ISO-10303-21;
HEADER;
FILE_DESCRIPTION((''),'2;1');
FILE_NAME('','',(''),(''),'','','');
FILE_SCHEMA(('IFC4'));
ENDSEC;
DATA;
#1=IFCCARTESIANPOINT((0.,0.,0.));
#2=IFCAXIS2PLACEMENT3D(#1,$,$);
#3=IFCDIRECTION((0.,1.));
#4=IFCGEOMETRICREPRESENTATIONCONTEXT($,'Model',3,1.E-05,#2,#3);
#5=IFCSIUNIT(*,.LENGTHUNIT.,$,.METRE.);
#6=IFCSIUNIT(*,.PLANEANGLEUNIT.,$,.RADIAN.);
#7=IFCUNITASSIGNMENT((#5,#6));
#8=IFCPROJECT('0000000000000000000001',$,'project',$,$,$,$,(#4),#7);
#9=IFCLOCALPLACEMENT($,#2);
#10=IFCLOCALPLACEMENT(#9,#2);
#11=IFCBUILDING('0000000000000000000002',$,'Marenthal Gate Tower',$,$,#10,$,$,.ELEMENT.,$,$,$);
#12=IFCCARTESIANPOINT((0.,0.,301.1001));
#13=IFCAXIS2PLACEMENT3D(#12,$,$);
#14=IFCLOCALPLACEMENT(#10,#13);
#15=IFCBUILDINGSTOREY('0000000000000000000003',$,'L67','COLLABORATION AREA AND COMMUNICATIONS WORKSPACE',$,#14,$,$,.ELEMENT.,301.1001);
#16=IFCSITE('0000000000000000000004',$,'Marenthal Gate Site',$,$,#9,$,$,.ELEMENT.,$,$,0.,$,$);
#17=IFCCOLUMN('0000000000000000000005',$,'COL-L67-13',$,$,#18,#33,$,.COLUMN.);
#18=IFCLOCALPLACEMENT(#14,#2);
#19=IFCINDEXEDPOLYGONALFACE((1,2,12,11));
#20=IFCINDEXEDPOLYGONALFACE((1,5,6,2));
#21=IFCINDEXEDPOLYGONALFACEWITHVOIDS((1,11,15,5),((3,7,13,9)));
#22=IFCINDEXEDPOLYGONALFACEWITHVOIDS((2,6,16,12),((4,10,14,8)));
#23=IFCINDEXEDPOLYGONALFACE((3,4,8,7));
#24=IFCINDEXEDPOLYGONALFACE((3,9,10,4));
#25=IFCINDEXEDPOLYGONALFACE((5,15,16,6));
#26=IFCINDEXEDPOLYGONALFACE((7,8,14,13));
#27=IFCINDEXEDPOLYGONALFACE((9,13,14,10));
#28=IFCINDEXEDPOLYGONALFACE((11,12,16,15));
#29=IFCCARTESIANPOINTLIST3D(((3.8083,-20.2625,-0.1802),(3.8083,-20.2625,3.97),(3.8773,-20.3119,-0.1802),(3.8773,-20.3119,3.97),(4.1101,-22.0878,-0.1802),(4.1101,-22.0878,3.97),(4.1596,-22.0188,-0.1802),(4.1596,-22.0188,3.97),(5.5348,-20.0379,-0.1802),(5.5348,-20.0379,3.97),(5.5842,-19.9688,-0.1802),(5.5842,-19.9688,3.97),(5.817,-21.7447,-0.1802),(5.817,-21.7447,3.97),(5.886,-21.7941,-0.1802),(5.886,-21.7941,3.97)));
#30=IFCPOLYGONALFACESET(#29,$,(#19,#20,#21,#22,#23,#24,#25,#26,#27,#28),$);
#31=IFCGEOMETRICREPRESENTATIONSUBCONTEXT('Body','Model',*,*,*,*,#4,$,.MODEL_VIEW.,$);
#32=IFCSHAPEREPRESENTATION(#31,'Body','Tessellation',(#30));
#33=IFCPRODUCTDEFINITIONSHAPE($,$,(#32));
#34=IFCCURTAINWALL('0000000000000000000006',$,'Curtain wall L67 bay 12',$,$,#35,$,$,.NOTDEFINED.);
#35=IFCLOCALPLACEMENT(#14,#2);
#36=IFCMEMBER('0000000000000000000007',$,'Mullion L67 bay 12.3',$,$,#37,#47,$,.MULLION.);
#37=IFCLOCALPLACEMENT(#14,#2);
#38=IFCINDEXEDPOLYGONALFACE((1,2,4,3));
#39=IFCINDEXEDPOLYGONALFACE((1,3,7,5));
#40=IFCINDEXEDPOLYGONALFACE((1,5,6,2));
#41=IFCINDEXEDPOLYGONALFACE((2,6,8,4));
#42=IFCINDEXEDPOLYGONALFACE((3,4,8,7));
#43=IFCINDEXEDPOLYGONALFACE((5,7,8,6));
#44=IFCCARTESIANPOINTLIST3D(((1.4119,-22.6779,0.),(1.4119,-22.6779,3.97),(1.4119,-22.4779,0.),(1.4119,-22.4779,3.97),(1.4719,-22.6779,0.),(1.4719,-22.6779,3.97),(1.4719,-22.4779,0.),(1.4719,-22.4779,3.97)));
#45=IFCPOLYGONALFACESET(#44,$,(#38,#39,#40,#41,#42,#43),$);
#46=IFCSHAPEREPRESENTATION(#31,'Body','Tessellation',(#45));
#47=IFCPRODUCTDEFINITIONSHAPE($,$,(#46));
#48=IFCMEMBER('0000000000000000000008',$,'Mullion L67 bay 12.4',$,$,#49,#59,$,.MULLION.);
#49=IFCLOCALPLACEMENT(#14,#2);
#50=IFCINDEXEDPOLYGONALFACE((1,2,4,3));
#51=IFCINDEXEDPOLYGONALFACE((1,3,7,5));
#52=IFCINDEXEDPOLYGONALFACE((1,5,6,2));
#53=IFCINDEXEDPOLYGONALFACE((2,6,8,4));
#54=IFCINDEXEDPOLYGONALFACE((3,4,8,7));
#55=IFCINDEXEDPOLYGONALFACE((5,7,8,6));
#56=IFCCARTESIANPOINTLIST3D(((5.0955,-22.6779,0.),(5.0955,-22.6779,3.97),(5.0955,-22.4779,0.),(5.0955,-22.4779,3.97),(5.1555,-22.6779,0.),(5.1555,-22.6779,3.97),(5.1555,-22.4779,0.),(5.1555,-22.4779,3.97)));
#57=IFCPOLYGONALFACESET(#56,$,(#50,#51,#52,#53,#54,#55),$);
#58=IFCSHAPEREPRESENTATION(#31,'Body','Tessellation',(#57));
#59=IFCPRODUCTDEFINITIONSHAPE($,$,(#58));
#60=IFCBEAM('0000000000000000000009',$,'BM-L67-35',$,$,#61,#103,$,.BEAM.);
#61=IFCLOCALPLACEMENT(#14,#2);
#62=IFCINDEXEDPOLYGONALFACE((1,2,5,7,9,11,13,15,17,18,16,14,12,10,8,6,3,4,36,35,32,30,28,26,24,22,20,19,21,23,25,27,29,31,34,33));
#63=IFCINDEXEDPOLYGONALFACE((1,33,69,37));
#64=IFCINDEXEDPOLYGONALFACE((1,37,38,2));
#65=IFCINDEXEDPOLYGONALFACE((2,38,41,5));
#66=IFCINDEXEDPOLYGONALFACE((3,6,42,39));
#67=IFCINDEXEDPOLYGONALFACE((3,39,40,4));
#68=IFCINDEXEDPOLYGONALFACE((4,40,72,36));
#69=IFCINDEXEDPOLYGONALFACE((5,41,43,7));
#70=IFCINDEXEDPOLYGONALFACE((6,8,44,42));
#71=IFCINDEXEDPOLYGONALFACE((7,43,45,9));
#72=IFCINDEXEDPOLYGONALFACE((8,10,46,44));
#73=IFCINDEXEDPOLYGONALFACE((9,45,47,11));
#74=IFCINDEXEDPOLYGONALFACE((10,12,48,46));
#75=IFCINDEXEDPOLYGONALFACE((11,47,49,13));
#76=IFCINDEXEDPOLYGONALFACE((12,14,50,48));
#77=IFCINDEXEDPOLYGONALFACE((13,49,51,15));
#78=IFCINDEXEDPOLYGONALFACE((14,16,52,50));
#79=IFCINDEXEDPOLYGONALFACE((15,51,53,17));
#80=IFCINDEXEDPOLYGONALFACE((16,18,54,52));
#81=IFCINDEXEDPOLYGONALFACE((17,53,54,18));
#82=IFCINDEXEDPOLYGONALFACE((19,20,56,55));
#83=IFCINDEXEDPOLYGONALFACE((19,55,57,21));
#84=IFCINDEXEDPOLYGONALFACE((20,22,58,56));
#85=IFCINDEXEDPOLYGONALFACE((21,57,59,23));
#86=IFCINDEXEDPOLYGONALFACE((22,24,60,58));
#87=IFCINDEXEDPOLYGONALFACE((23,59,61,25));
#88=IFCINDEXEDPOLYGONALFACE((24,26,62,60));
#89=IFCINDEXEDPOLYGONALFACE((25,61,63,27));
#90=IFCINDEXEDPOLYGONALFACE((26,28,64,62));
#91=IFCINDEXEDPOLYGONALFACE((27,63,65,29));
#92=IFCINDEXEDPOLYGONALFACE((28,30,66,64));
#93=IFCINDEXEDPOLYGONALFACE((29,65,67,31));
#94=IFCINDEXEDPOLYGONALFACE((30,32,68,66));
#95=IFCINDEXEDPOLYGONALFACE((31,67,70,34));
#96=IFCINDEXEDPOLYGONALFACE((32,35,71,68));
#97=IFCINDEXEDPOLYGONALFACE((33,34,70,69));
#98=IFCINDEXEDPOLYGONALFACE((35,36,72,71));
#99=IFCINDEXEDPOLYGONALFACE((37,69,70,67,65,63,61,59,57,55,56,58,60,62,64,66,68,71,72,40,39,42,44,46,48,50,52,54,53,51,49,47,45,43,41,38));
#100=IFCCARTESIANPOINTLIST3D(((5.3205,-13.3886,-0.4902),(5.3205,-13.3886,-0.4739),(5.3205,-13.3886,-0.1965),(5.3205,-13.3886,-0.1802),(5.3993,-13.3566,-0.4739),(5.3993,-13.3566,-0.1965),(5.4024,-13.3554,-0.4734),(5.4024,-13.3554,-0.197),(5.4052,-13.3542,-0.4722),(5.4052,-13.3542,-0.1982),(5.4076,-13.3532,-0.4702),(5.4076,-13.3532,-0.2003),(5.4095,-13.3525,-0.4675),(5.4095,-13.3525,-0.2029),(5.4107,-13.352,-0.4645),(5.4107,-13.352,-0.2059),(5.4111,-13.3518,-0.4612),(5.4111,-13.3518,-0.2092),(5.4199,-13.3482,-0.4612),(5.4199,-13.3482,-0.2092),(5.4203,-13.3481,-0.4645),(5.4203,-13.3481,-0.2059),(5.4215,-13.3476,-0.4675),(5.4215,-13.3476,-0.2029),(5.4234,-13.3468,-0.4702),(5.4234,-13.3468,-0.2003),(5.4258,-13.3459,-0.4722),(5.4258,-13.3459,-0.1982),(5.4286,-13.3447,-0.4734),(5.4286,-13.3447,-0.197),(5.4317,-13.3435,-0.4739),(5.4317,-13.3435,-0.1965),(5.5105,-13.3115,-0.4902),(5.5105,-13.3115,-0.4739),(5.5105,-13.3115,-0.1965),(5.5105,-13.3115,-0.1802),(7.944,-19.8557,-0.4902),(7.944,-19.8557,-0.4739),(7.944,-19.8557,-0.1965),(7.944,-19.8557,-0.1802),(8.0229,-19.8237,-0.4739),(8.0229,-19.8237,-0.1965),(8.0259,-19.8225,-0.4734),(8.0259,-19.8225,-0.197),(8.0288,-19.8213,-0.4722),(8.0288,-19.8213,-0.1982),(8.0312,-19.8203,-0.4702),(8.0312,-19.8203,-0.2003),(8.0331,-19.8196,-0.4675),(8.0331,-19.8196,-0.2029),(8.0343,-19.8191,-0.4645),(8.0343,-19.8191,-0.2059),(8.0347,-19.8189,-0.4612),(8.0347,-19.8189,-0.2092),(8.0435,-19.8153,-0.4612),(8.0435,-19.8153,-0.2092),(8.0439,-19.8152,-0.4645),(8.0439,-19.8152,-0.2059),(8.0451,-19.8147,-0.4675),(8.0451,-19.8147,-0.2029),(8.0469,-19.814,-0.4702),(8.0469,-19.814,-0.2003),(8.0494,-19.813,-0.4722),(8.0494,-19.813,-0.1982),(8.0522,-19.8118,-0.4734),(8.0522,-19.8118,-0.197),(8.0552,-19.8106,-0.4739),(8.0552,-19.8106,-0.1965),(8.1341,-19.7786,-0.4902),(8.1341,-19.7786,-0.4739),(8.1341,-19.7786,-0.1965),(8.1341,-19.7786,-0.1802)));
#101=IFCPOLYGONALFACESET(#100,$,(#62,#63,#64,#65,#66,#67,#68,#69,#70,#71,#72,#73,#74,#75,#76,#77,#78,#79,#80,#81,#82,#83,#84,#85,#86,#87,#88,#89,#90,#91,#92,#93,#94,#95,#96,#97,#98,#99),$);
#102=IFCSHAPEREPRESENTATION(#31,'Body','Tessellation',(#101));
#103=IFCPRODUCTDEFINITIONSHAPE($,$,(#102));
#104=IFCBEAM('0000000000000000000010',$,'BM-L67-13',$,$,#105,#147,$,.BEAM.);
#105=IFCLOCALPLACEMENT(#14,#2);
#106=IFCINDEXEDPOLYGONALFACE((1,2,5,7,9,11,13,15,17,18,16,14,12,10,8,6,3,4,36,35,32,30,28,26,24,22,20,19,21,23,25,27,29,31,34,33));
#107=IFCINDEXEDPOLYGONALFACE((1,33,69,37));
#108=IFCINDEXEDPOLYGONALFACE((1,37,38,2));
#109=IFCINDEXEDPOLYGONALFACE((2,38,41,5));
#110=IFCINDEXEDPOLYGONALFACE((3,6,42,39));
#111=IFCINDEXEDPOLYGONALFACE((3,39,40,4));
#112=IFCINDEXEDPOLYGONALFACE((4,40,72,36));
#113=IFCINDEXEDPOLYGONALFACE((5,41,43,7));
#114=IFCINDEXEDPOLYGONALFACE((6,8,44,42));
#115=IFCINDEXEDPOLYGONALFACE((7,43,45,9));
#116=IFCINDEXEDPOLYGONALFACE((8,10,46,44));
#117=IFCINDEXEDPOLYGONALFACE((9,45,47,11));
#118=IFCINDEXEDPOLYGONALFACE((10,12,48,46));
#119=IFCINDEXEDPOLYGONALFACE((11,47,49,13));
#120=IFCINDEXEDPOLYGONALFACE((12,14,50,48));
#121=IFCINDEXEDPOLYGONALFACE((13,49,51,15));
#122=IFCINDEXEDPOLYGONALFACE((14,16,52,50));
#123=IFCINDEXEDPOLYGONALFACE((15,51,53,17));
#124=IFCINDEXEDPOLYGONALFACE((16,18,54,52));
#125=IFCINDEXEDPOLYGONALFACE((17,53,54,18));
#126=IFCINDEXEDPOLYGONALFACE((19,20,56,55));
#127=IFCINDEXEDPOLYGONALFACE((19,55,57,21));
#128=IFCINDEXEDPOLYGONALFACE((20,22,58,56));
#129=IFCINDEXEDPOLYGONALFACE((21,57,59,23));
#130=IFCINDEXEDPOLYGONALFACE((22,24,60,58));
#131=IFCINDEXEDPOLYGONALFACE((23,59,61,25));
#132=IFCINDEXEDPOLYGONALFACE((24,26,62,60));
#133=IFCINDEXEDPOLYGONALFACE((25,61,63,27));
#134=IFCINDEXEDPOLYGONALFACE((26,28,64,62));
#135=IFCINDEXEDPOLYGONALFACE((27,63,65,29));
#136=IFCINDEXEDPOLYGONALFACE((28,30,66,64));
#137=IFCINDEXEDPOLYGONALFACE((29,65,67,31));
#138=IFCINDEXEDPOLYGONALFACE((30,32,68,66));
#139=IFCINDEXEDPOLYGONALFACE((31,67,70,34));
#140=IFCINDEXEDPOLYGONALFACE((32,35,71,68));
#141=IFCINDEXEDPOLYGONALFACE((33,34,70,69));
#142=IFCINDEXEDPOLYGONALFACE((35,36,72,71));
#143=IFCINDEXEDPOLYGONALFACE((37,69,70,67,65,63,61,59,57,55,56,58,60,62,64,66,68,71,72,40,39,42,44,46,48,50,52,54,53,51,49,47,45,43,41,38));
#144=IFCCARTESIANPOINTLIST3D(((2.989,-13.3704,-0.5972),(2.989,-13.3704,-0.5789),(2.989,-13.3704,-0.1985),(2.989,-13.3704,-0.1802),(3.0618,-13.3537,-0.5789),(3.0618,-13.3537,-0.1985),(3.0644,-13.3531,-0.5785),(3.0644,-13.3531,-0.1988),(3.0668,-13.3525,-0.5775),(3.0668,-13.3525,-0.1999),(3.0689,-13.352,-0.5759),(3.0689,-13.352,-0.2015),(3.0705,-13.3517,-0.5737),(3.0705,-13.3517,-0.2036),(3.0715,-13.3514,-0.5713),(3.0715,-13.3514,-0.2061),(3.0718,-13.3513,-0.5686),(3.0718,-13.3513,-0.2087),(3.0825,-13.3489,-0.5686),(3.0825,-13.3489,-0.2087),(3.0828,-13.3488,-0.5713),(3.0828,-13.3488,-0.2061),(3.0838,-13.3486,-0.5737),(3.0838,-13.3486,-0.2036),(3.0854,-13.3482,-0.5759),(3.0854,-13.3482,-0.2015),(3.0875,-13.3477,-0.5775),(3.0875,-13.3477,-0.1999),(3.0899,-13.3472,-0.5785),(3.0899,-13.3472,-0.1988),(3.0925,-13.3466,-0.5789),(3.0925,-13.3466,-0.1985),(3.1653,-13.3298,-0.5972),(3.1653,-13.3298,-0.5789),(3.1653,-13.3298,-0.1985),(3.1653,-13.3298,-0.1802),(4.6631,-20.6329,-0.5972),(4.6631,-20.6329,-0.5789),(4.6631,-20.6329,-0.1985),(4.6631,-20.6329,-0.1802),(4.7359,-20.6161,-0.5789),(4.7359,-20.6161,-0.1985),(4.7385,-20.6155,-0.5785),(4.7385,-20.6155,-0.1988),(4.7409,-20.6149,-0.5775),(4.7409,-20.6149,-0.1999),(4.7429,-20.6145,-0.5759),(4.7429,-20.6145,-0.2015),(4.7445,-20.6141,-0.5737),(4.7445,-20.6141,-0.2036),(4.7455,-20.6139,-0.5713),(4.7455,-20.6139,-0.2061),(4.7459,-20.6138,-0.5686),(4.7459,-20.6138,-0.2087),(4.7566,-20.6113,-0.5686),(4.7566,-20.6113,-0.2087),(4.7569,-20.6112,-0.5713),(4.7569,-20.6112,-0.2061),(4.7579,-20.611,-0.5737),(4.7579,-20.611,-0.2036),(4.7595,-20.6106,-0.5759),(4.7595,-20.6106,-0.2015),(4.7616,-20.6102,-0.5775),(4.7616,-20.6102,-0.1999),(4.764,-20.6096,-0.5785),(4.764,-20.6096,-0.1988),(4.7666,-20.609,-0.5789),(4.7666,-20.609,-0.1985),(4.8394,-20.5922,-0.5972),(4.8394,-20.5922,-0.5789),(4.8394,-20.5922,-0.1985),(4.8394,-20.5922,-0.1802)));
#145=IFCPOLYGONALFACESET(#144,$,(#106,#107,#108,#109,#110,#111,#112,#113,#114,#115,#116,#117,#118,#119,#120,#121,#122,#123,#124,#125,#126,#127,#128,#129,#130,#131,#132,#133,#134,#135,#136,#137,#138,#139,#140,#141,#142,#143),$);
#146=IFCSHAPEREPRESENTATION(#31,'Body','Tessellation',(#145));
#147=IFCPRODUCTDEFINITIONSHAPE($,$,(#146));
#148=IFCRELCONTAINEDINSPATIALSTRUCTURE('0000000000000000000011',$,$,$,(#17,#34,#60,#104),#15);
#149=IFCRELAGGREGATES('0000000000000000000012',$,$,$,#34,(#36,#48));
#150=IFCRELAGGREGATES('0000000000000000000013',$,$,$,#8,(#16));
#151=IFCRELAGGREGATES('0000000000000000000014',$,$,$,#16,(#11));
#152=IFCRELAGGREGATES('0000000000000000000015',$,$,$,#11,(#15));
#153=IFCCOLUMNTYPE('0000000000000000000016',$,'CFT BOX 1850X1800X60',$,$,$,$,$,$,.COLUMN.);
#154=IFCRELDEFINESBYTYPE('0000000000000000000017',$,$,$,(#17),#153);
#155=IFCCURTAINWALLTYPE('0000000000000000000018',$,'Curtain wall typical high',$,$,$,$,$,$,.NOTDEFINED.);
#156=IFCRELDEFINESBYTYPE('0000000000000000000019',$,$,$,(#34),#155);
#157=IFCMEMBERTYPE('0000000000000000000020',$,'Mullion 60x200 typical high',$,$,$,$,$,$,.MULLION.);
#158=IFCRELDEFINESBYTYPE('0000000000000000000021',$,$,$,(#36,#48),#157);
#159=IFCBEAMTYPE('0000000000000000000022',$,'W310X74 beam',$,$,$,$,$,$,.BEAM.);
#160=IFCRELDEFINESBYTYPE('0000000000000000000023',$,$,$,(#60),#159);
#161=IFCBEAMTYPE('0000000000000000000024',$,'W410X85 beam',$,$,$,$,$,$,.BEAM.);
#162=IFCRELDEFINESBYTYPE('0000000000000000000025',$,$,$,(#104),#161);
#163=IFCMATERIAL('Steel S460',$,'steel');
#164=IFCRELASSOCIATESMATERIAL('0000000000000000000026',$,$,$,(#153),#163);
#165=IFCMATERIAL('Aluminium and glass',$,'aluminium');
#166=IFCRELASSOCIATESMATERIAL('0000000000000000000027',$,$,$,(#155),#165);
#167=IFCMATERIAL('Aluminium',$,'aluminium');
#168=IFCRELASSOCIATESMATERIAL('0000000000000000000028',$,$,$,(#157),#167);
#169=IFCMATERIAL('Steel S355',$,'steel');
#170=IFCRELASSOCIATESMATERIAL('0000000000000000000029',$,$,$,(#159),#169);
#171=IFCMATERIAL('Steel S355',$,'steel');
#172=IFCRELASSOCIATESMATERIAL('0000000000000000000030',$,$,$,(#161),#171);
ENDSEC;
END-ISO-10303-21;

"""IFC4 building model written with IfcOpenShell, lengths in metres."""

from ifc_helpers import new_model, si_unit, direction, frame, origin, origin_2d, place, context, subcontext, project, spatial, rectangle, hollow_rectangle, i_section, extrude, material, material_profile, profile_set, type_object, element, aggregate, save


model = new_model("IFC4")

# Units and contexts
model_context = context("Model", 3, precision=1e-05, world=origin(), true_north=direction((0.0, 1.0)))
body_context = subcontext(model_context, "Body", "Model", "MODEL_VIEW")
ifc_project = project(units=[si_unit("LENGTHUNIT", "METRE"), si_unit("PLANEANGLEUNIT", "RADIAN")], contexts=[model_context])

# Site, building, storey
site_placement = place(None, origin())
site = spatial("IfcSite", under=ifc_project, at=site_placement, Name="Marenthal Gate Site", CompositionType="ELEMENT", RefElevation=0.0)
building_placement = place(site_placement, origin())
building = spatial("IfcBuilding", under=site, at=building_placement, Name="Marenthal Gate Tower", CompositionType="ELEMENT")
storey_placement = place(building_placement, frame((0.0, 0.0, 301.1001)))
storey = spatial("IfcBuildingStorey", under=building, at=storey_placement, Name="L67", Description="COLLABORATION AREA AND COMMUNICATIONS WORKSPACE", CompositionType="ELEMENT", Elevation=301.1001)

# Column
ifc_material_1 = material(Name="Steel S460", Category="steel")
ifc_material_profile_1 = material_profile(ifc_material_1, hollow_rectangle(XDim=1.8, YDim=1.8501, WallThickness=0.0601, at=origin_2d()), Name="CFT BOX 1850X1800X60")
ifc_material_2 = material(Name="Concrete 70 MPa", Category="concrete")
ifc_material_profile_2 = material_profile(ifc_material_2, rectangle(XDim=1.6799, YDim=1.73, at=origin_2d()), Name="CFT BOX 1850X1800X60 INFILL")
ifc_profile_set_1 = profile_set([ifc_material_profile_1, ifc_material_profile_2], Name="Steel S460 shell, Concrete 70 MPa infill")
column_type = type_object("IfcColumnType", Name="CFT BOX 1850X1800X60", PredefinedType="COLUMN", material=ifc_profile_set_1)
column_placement = place(storey_placement, frame((4.8472, -21.0283, -0.1802), z_axis=(0.0, 0.0, 1.0), x_axis=(-0.986603, -0.163137, 0.0)))
element("IfcColumn", 1, at=column_placement, inside=storey, type_object=column_type, Name="COL-L67-13", PredefinedType="COLUMN", context=body_context, shape_type="SweptSolid", body=[
    extrude(hollow_rectangle(XDim=1.8, YDim=1.8501, WallThickness=0.0601, at=origin_2d()), origin(), (0.0, 0.0, 1.0), 4.1501),
])

# Curtain wall, members
ifc_material_3 = material(Name="Aluminium and glass", Category="aluminium")
curtain_wall_type = type_object("IfcCurtainWallType", Name="Curtain wall typical high", PredefinedType="NOTDEFINED", material=ifc_material_3)
curtain_wall_placement = place(storey_placement, origin())
curtain_wall = element("IfcCurtainWall", 2, at=curtain_wall_placement, inside=storey, type_object=curtain_wall_type, Name="Curtain wall L67 bay 12", PredefinedType="NOTDEFINED")
ifc_material_4 = material(Name="Aluminium", Category="aluminium")
ifc_material_profile_3 = material_profile(ifc_material_4, rectangle(XDim=0.2, YDim=0.0601, at=origin_2d()), Name="60x200 aluminium mullion")
ifc_profile_set_2 = profile_set([ifc_material_profile_3], Name="Aluminium")
member_type = type_object("IfcMemberType", Name="Mullion 60x200 typical high", PredefinedType="MULLION", material=ifc_profile_set_2)
member_1_placement = place(storey_placement, frame((1.4419, -22.5779, 0.0), z_axis=(0.0, 0.0, 1.0), x_axis=(0.0, 1.0, 0.0)))
member_1 = element("IfcMember", 3, at=member_1_placement, type_object=member_type, Name="Mullion L67 bay 12.3", PredefinedType="MULLION", context=body_context, shape_type="SweptSolid", body=[
    extrude(rectangle(XDim=0.2, YDim=0.0601, at=origin_2d()), origin(), (0.0, 0.0, 1.0), 3.97),
])
member_2_placement = place(storey_placement, frame((5.1255, -22.5779, 0.0), z_axis=(0.0, 0.0, 1.0), x_axis=(0.0, 1.0, 0.0)))
member_2 = element("IfcMember", 4, at=member_2_placement, type_object=member_type, Name="Mullion L67 bay 12.4", PredefinedType="MULLION", context=body_context, shape_type="SweptSolid", body=[
    extrude(rectangle(XDim=0.2, YDim=0.0601, at=origin_2d()), origin(), (0.0, 0.0, 1.0), 3.97),
])

# Beams
ifc_material_5 = material(Name="Steel S355", Category="steel")
ifc_material_profile_4 = material_profile(ifc_material_5, i_section(OverallWidth=0.2051, OverallDepth=0.3101, WebThickness=0.0095, FlangeThickness=0.0164, FilletRadius=0.0127, at=origin_2d()), Name="W310X74")
ifc_profile_set_3 = profile_set([ifc_material_profile_4], Name="Steel S355")
beam_type_1 = type_object("IfcBeamType", Name="W310X74 beam", PredefinedType="BEAM", material=ifc_profile_set_3)
beam_1_placement = place(storey_placement, frame((8.0391, -19.8171, -0.3352), z_axis=(-0.375922, 0.926651, 0.0), x_axis=(-0.926651, -0.375922, 0.0)))
element("IfcBeam", 5, at=beam_1_placement, inside=storey, type_object=beam_type_1, Name="BM-L67-35", PredefinedType="BEAM", context=body_context, shape_type="SweptSolid", body=[
    extrude(i_section(OverallWidth=0.2051, OverallDepth=0.3101, WebThickness=0.0095, FlangeThickness=0.0164, FilletRadius=0.0127, at=origin_2d()), origin(), (0.0, 0.0, 1.0), 6.979),
])
ifc_material_6 = material(Name="Steel S355", Category="steel")
ifc_material_profile_5 = material_profile(ifc_material_6, i_section(OverallWidth=0.1809, OverallDepth=0.417, WebThickness=0.011, FlangeThickness=0.0183, FilletRadius=0.0103, at=origin_2d()), Name="W410X85")
ifc_profile_set_4 = profile_set([ifc_material_profile_5], Name="Steel S355")
beam_type_2 = type_object("IfcBeamType", Name="W410X85 beam", PredefinedType="BEAM", material=ifc_profile_set_4)
beam_2_placement = place(storey_placement, frame((4.7512, -20.6125, -0.3887), z_axis=(-0.22462, 0.974446, 0.0), x_axis=(-0.974446, -0.22462, 0.0)))
element("IfcBeam", 6, at=beam_2_placement, inside=storey, type_object=beam_type_2, Name="BM-L67-13", PredefinedType="BEAM", context=body_context, shape_type="SweptSolid", body=[
    extrude(i_section(OverallWidth=0.1809, OverallDepth=0.417, WebThickness=0.011, FlangeThickness=0.0183, FilletRadius=0.0103, at=origin_2d()), origin(), (0.0, 0.0, 1.0), 7.4529),
])

aggregate(curtain_wall, [member_1, member_2])

save(model, "model.ifc")
